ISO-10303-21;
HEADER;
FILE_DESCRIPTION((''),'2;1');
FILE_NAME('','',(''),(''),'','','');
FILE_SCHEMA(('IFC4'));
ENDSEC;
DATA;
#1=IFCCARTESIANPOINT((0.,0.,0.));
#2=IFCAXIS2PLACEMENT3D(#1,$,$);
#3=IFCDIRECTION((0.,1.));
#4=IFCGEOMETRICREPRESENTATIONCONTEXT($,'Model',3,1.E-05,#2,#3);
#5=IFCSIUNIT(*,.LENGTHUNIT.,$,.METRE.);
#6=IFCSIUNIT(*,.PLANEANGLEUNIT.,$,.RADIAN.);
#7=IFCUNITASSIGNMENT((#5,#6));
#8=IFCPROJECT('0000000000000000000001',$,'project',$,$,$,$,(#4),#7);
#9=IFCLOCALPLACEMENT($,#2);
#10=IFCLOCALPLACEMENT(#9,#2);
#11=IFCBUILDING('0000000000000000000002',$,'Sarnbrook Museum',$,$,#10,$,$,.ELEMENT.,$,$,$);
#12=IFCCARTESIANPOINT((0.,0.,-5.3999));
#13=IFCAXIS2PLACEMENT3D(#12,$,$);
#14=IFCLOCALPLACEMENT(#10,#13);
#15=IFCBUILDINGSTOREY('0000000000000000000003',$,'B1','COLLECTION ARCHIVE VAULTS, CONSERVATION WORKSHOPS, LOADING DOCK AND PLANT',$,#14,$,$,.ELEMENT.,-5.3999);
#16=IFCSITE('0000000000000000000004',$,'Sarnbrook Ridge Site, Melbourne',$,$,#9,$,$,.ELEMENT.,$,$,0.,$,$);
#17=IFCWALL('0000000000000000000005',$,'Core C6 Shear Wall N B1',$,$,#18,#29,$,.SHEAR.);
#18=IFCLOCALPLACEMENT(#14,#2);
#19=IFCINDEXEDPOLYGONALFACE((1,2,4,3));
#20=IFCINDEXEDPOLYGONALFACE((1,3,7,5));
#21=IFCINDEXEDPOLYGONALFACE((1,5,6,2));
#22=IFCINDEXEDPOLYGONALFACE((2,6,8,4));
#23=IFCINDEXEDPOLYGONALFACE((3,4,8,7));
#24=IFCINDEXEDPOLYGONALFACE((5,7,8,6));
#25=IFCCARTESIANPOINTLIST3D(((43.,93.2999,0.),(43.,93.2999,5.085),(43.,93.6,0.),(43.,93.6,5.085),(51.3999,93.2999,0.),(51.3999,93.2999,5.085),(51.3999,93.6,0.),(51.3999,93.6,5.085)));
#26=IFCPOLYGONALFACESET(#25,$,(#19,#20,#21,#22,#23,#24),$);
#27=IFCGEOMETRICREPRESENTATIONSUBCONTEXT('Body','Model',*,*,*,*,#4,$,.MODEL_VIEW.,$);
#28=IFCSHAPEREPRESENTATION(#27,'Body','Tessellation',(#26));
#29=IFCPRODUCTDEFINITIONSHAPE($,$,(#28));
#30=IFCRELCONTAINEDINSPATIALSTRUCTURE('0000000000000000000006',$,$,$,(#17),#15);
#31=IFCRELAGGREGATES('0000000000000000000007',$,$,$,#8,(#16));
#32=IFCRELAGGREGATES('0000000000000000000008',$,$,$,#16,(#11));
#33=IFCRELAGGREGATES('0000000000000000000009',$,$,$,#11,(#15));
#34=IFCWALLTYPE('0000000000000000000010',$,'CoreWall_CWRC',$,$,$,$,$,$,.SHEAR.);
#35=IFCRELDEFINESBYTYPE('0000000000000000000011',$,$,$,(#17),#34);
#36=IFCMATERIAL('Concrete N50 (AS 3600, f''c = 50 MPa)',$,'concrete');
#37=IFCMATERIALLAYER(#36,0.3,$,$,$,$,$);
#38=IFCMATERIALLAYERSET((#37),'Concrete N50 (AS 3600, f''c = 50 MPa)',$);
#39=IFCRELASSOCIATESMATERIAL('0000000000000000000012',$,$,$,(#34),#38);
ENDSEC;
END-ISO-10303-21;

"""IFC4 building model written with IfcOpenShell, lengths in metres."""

from ifc_helpers import new_model, si_unit, direction, frame, frame_2d, origin, place, context, subcontext, project, spatial, rectangle, extrude, material, layer, layer_set, type_object, element, save


model = new_model("IFC4")

# Units and contexts
model_context = context("Model", 3, precision=1e-05, world=origin(), true_north=direction((0.0, 1.0)))
body_context = subcontext(model_context, "Body", "Model", "MODEL_VIEW")
ifc_project = project(units=[si_unit("LENGTHUNIT", "METRE"), si_unit("PLANEANGLEUNIT", "RADIAN")], contexts=[model_context])

# Site, building, storey
site_placement = place(None, origin())
site = spatial("IfcSite", under=ifc_project, at=site_placement, Name="Sarnbrook Ridge Site, Melbourne", CompositionType="ELEMENT", RefElevation=0.0)
building_placement = place(site_placement, origin())
building = spatial("IfcBuilding", under=site, at=building_placement, Name="Sarnbrook Museum", CompositionType="ELEMENT")
storey_placement = place(building_placement, frame((0.0, 0.0, -5.3999)))
storey = spatial("IfcBuildingStorey", under=building, at=storey_placement, Name="B1", Description="COLLECTION ARCHIVE VAULTS, CONSERVATION WORKSHOPS, LOADING DOCK AND PLANT", CompositionType="ELEMENT", Elevation=-5.3999)

# Shared definitions
ifc_material_1 = material(Name="Concrete N50 (AS 3600, f'c = 50 MPa)", Category="concrete")

# Wall
ifc_layer = layer(ifc_material_1, 0.3)
ifc_layer_set = layer_set([ifc_layer], Name="Concrete N50 (AS 3600, f'c = 50 MPa)")
wall_type = type_object("IfcWallType", Name="CoreWall_CWRC", PredefinedType="SHEAR", material=ifc_layer_set)
wall_placement = place(storey_placement, frame((51.3999, 93.45, 0.0), z_axis=(0.0, 0.0, 1.0), x_axis=(-1.0, 0.0, 0.0)))
element("IfcWall", 1, at=wall_placement, inside=storey, type_object=wall_type, Name="Core C6 Shear Wall N B1", PredefinedType="SHEAR", context=body_context, shape_type="SweptSolid", body=[
    extrude(rectangle(XDim=8.3999, YDim=0.3, at=frame_2d((4.2, 0.0))), origin(), (0.0, 0.0, 1.0), 5.085),
])

save(model, "model.ifc")
